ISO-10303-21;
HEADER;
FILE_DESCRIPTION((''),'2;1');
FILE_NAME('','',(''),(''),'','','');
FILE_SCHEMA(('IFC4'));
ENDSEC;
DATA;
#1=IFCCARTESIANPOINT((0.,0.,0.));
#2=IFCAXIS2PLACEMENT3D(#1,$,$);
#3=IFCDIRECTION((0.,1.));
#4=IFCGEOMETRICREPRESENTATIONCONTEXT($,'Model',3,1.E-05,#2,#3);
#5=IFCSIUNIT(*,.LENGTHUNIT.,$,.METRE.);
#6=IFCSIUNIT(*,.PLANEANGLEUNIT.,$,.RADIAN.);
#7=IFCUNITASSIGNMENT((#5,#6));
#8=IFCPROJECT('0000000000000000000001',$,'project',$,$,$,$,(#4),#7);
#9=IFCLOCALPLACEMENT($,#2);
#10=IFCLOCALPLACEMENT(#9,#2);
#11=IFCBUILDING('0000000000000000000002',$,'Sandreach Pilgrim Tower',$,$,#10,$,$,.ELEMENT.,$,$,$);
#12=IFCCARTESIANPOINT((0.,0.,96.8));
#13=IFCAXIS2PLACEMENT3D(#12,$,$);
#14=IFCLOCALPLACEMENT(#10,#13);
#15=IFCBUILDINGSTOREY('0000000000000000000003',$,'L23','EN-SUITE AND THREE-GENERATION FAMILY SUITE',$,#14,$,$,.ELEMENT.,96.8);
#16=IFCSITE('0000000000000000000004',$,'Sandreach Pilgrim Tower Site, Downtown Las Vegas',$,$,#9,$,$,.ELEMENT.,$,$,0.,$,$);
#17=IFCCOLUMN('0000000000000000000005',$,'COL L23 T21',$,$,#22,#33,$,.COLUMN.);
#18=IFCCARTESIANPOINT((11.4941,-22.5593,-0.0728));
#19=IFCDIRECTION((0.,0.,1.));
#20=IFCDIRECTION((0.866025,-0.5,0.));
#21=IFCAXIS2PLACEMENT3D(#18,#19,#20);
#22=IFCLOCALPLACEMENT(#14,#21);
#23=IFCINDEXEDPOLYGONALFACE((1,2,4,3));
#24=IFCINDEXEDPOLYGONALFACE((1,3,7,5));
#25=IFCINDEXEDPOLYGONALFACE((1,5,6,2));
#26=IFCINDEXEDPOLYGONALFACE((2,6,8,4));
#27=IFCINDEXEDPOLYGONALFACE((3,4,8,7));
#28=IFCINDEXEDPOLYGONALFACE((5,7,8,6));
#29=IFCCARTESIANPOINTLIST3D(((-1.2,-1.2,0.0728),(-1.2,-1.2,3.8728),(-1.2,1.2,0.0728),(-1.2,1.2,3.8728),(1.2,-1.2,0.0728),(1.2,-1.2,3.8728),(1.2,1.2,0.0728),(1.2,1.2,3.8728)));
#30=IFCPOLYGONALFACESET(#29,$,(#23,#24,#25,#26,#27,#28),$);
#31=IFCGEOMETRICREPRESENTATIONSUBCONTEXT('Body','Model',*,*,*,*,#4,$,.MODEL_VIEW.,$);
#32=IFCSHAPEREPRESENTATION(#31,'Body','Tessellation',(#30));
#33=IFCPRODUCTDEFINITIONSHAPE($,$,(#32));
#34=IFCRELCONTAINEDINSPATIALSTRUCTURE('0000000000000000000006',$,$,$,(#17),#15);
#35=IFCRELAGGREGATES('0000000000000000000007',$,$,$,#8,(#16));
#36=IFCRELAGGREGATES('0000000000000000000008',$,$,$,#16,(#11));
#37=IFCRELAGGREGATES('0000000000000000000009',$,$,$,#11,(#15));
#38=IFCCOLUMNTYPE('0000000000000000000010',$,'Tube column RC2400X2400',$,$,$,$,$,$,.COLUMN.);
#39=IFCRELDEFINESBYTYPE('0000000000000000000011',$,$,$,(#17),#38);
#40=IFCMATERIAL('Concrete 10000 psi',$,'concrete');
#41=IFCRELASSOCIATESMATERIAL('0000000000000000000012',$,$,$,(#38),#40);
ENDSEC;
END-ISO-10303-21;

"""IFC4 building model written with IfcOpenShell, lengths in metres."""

from ifc_helpers import new_model, si_unit, direction, frame, origin, origin_2d, place, context, subcontext, project, spatial, rectangle, extrude, clip, halfspace, material, material_profile, profile_set, type_object, element, save


model = new_model("IFC4")

# Units and contexts
model_context = context("Model", 3, precision=1e-05, world=origin(), true_north=direction((0.0, 1.0)))
body_context = subcontext(model_context, "Body", "Model", "MODEL_VIEW")
ifc_project = project(units=[si_unit("LENGTHUNIT", "METRE"), si_unit("PLANEANGLEUNIT", "RADIAN")], contexts=[model_context])

# Site, building, storey
site_placement = place(None, origin())
site = spatial("IfcSite", under=ifc_project, at=site_placement, Name="Sandreach Pilgrim Tower Site, Downtown Las Vegas", CompositionType="ELEMENT", RefElevation=0.0)
building_placement = place(site_placement, origin())
building = spatial("IfcBuilding", under=site, at=building_placement, Name="Sandreach Pilgrim Tower", CompositionType="ELEMENT")
storey_placement = place(building_placement, frame((0.0, 0.0, 96.8)))
storey = spatial("IfcBuildingStorey", under=building, at=storey_placement, Name="L23", Description="EN-SUITE AND THREE-GENERATION FAMILY SUITE", CompositionType="ELEMENT", Elevation=96.8)

# Column
ifc_material_1 = material(Name="Concrete 10000 psi", Category="concrete")
ifc_material_profile_1 = material_profile(ifc_material_1, rectangle(XDim=2.3999, YDim=2.3999, at=origin_2d()), Name="RC2400X2400")
ifc_profile_set_1 = profile_set([ifc_material_profile_1], Name="Concrete 10000 psi")
column_type = type_object("IfcColumnType", Name="Tube column RC2400X2400", PredefinedType="COLUMN", material=ifc_profile_set_1)
column_placement = place(storey_placement, frame((11.4941, -22.5593, -0.0728), z_axis=(0.0, 0.0, 1.0), x_axis=(0.866025, -0.5, 0.0)))
element("IfcColumn", 1, at=column_placement, inside=storey, type_object=column_type, Name="COL L23 T21", PredefinedType="COLUMN", context=body_context, shape_type="SweptSolid", body=[
    clip(extrude(rectangle(XDim=2.3999, YDim=2.3999, at=origin_2d()), origin(), (0.0, 0.0, 1.0), 3.8728), halfspace(frame((0.0, 0.0, 0.0728)), True)),
])

save(model, "model.ifc")
